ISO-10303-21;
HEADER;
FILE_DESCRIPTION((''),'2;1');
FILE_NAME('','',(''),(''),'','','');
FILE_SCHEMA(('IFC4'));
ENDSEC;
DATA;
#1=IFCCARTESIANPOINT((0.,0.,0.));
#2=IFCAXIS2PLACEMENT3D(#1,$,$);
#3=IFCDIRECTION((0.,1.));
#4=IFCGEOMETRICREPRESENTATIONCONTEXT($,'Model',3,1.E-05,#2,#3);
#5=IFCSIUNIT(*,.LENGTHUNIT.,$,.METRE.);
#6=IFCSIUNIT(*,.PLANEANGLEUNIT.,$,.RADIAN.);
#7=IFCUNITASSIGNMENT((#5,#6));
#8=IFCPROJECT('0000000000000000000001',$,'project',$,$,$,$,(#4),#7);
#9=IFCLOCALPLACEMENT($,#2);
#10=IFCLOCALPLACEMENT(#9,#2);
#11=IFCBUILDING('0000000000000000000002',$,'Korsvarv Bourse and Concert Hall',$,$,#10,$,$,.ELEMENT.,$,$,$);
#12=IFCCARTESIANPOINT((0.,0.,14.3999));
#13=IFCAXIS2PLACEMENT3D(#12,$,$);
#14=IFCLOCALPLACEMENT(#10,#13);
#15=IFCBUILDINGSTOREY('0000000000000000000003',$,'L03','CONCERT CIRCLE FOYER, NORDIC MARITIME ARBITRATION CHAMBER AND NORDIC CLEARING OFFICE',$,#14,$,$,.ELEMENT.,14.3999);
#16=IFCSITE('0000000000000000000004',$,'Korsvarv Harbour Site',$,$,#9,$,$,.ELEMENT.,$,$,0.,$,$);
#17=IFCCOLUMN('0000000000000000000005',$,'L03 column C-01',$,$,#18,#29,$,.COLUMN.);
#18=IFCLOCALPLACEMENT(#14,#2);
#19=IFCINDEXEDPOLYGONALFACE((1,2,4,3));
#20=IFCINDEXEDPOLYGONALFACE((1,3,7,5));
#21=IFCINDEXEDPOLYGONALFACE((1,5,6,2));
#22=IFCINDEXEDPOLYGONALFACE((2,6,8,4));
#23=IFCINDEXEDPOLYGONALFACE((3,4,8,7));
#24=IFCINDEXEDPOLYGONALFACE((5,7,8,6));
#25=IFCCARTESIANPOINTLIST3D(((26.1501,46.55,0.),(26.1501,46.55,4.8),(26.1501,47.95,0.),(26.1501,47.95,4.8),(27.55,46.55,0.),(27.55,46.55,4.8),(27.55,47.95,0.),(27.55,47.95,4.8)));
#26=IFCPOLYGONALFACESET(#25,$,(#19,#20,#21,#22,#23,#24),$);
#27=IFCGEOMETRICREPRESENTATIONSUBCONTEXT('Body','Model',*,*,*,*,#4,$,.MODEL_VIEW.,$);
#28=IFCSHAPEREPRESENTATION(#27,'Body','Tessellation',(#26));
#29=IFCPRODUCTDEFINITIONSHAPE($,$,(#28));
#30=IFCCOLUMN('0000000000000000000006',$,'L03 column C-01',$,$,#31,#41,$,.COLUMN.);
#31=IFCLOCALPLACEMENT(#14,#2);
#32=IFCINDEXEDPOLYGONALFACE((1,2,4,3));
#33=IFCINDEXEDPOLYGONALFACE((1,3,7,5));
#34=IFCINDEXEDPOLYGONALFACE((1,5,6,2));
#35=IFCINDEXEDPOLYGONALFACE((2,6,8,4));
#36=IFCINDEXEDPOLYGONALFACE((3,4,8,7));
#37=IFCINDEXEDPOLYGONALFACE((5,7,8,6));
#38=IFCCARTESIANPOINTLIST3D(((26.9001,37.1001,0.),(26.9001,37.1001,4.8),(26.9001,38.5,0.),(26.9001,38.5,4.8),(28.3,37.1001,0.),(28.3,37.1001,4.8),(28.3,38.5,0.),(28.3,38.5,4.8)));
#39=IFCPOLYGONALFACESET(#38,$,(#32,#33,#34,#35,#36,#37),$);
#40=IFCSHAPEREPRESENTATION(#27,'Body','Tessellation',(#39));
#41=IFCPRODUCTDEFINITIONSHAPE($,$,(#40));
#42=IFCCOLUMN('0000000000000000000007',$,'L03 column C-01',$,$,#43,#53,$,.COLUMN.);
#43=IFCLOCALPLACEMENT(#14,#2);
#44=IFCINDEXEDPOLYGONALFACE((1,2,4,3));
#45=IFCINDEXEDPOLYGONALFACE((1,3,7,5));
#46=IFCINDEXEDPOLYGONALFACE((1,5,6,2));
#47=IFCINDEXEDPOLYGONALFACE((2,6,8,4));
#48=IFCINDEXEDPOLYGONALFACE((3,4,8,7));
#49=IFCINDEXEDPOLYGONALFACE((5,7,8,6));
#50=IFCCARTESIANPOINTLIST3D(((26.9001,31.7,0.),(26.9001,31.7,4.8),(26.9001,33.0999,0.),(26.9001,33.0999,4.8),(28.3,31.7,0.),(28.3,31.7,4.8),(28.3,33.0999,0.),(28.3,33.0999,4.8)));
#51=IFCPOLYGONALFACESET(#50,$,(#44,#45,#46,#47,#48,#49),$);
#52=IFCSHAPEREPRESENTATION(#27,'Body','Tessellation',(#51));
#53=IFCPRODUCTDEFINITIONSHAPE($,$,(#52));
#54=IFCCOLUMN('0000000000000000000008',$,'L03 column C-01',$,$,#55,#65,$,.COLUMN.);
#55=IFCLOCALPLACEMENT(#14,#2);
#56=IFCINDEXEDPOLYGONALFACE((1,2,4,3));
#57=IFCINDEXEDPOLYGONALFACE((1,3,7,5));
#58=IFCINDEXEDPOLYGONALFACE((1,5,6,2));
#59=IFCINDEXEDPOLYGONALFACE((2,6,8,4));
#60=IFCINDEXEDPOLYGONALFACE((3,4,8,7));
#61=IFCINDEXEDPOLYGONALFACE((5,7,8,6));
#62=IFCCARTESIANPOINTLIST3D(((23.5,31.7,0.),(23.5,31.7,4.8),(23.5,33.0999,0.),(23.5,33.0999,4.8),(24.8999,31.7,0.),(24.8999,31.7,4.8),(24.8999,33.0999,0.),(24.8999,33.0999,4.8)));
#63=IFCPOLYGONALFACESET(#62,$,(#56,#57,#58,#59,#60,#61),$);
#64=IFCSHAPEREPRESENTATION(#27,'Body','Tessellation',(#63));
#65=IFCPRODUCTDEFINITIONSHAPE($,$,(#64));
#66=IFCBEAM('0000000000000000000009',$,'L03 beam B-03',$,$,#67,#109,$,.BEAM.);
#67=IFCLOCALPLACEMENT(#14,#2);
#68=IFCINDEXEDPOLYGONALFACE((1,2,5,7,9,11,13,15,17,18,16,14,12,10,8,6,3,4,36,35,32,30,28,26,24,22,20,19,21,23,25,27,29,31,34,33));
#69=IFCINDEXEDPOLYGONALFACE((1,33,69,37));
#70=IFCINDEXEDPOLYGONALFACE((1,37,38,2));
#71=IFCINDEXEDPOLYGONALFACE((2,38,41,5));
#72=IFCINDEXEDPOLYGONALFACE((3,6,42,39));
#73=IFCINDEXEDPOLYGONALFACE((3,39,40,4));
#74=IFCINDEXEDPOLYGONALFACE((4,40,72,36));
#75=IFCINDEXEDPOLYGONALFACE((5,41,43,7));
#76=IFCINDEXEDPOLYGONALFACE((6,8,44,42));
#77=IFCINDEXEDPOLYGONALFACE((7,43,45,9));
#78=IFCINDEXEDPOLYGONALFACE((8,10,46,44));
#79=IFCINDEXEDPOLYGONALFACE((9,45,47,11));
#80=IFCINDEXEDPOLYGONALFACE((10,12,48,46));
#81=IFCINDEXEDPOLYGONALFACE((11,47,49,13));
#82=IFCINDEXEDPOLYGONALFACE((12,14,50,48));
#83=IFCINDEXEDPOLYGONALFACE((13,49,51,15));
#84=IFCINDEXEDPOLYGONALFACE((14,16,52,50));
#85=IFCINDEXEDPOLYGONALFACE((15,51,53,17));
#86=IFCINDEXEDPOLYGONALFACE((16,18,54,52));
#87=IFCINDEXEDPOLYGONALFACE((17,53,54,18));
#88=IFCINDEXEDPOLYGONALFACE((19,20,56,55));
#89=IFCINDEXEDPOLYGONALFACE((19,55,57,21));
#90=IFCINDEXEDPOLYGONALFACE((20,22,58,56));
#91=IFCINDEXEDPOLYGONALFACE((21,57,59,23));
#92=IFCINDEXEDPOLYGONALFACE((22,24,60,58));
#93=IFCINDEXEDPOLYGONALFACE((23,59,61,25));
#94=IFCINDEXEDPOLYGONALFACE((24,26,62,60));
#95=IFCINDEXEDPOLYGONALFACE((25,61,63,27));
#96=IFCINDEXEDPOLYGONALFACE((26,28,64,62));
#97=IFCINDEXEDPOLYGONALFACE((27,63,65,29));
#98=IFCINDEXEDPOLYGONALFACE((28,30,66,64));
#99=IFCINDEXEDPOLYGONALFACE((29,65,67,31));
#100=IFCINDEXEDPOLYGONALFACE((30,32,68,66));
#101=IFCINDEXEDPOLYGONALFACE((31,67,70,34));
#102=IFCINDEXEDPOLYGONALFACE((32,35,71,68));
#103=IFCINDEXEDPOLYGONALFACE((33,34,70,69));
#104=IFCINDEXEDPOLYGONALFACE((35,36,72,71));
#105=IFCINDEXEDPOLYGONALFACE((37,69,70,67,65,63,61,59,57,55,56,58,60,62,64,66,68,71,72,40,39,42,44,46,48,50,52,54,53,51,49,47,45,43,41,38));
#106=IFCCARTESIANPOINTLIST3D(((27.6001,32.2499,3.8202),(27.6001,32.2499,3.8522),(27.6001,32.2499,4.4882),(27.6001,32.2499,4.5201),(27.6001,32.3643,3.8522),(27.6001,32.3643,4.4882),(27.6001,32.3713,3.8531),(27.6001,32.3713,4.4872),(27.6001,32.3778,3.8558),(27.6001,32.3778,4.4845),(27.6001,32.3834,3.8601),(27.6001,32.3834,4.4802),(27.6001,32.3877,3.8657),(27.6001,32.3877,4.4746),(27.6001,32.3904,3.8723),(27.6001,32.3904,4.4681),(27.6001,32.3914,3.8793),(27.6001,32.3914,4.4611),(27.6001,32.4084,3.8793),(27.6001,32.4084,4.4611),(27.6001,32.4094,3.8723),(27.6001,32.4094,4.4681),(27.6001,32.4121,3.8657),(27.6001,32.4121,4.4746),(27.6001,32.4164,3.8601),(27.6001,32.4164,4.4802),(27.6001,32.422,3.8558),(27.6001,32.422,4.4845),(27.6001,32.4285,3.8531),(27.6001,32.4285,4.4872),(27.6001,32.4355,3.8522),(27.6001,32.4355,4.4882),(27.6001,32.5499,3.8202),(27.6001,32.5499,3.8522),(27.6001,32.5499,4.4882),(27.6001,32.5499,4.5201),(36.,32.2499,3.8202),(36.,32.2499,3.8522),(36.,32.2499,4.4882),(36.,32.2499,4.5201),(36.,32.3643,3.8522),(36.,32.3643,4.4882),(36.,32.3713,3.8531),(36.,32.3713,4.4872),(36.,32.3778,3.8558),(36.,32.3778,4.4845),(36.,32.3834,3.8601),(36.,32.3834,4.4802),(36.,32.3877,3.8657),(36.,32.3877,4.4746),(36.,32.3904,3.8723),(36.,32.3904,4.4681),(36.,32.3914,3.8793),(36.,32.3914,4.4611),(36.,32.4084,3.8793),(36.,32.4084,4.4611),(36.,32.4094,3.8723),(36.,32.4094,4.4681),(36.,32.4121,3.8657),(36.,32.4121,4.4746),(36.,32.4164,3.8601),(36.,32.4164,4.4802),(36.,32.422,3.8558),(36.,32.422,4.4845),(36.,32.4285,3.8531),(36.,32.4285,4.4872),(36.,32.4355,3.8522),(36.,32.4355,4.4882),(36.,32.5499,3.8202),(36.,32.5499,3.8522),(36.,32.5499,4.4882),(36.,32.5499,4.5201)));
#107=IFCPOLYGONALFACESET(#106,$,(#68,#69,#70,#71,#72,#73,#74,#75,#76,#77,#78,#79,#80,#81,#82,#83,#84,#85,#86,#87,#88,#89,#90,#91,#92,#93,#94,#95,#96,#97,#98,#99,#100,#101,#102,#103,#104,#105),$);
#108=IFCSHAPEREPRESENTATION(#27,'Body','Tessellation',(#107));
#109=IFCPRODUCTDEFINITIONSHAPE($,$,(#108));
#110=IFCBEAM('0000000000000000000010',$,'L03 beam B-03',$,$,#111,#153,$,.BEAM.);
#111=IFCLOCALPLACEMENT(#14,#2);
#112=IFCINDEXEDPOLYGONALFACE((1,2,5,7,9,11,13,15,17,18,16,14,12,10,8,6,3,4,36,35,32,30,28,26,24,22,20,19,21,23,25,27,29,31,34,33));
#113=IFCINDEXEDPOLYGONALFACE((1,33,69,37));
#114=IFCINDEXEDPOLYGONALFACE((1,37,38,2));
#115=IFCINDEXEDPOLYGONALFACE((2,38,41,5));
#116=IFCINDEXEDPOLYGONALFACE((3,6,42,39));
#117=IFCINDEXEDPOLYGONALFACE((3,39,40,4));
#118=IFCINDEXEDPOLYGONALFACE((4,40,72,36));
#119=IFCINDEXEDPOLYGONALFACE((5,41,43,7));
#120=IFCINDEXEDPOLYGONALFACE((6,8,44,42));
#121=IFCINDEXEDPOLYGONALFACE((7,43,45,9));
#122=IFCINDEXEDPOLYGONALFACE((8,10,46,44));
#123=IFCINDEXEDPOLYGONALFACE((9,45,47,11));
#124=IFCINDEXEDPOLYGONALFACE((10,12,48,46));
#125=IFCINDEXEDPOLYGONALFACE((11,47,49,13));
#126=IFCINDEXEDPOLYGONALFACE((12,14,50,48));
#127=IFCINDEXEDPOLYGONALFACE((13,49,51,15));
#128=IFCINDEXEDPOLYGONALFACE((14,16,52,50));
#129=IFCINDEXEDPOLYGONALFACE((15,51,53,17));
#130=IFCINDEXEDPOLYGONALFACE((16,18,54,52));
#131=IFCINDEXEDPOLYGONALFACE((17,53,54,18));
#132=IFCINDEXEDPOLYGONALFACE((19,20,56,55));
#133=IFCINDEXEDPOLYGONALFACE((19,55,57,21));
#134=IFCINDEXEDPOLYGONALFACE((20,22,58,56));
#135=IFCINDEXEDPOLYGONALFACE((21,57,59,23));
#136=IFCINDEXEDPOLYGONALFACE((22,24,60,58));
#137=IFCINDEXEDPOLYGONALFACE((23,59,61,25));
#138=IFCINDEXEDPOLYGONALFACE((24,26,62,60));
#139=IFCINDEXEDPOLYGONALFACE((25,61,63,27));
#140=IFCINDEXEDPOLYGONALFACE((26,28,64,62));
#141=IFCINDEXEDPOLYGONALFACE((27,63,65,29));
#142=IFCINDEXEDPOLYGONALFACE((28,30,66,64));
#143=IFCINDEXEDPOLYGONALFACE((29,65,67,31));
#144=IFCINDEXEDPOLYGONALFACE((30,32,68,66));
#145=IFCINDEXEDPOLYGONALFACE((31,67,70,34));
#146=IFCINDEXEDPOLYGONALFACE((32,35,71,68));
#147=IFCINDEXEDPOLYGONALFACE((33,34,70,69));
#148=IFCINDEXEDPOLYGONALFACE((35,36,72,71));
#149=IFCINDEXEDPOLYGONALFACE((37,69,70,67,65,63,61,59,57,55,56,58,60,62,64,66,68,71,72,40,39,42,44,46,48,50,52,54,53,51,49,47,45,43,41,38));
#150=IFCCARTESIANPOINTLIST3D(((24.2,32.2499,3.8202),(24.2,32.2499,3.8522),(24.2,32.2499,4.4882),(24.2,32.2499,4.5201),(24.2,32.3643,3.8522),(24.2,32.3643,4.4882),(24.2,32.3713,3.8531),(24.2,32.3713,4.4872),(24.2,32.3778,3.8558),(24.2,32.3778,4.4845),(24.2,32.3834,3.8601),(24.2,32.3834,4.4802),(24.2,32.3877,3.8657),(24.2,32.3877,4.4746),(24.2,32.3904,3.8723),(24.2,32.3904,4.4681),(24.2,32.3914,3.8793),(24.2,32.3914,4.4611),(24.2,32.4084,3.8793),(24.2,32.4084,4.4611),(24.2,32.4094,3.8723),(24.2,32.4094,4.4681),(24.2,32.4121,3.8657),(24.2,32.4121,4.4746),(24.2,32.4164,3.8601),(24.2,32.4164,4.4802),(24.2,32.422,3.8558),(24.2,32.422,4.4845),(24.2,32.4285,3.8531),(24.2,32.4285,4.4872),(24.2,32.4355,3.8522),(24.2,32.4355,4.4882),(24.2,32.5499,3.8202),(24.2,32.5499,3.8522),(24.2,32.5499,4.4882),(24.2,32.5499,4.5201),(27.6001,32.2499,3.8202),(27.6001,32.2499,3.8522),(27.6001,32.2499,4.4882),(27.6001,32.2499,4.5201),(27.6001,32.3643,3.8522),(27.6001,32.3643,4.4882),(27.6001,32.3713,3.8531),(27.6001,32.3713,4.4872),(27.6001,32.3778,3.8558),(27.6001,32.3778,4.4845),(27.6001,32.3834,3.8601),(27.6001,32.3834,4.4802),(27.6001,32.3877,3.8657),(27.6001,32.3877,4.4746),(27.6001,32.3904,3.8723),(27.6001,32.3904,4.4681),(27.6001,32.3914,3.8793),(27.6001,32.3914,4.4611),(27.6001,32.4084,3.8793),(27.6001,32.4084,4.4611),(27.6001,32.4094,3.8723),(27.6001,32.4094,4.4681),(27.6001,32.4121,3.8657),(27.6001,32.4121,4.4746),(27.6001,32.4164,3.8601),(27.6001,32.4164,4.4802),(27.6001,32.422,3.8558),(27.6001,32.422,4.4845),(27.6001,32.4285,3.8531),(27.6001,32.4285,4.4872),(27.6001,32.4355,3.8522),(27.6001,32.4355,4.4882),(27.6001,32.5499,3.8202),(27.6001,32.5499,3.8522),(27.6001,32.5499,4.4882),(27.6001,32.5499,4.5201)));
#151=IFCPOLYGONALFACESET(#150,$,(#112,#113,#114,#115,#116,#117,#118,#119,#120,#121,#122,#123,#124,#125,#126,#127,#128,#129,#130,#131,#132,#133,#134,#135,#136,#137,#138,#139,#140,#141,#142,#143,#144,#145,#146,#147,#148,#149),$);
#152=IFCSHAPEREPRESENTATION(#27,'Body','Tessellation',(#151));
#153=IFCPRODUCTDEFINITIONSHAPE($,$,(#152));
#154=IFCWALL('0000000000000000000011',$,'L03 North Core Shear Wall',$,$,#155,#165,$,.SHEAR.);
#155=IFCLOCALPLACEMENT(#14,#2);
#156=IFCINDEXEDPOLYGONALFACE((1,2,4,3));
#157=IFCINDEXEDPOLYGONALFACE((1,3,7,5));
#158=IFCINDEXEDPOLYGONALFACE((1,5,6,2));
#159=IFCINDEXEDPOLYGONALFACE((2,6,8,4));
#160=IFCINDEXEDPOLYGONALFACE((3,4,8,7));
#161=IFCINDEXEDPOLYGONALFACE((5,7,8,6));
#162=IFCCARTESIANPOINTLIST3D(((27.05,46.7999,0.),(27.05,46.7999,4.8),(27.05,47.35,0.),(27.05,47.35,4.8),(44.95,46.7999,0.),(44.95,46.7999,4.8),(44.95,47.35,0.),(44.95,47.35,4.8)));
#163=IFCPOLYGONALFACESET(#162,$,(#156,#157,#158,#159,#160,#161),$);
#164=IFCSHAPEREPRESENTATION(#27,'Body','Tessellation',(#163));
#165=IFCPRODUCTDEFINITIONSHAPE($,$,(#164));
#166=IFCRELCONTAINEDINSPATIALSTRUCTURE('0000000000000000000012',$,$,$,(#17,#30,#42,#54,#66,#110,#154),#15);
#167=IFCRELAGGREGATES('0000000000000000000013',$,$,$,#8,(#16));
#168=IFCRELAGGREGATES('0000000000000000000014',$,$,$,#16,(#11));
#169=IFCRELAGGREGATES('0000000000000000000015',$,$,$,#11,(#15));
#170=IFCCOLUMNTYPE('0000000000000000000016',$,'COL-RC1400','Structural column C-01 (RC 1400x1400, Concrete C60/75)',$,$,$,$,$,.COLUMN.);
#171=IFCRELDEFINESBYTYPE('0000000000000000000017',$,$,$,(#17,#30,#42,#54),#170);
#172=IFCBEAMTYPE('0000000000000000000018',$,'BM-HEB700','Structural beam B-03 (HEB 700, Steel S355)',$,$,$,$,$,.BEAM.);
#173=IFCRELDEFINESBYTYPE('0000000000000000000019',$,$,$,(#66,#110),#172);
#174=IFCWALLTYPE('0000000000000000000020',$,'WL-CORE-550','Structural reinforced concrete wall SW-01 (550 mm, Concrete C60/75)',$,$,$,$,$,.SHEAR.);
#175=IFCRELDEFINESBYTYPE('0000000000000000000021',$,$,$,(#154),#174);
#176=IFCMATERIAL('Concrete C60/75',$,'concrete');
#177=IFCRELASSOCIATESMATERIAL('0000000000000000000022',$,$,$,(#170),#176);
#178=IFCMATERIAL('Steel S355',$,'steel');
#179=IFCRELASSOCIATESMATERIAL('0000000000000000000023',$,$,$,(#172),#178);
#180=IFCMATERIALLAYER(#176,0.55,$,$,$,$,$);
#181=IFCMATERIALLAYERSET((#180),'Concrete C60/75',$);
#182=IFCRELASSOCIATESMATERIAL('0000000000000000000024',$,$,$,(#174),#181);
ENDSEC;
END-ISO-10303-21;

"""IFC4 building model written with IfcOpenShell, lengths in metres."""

from ifc_helpers import new_model, si_unit, direction, frame, frame_2d, origin, origin_2d, place, context, subcontext, project, spatial, rectangle, i_section, extrude, source, transform, mapped, material, layer, layer_set, material_profile, profile_set, type_object, element, save


model = new_model("IFC4")

# Units and contexts
model_context = context("Model", 3, precision=1e-05, world=origin(), true_north=direction((0.0, 1.0)))
body_context = subcontext(model_context, "Body", "Model", "MODEL_VIEW")
ifc_project = project(units=[si_unit("LENGTHUNIT", "METRE"), si_unit("PLANEANGLEUNIT", "RADIAN")], contexts=[model_context])

# Site, building, storey
site_placement = place(None, origin())
site = spatial("IfcSite", under=ifc_project, at=site_placement, Name="Korsvarv Harbour Site", CompositionType="ELEMENT", RefElevation=0.0)
building_placement = place(site_placement, origin())
building = spatial("IfcBuilding", under=site, at=building_placement, Name="Korsvarv Bourse and Concert Hall", CompositionType="ELEMENT")
storey_placement = place(building_placement, frame((0.0, 0.0, 14.3999)))
storey = spatial("IfcBuildingStorey", under=building, at=storey_placement, Name="L03", Description="CONCERT CIRCLE FOYER, NORDIC MARITIME ARBITRATION CHAMBER AND NORDIC CLEARING OFFICE", CompositionType="ELEMENT", Elevation=14.3999)

# Columns
ifc_material_1 = material(Name="Concrete C60/75", Category="concrete")
ifc_material_profile_1 = material_profile(ifc_material_1, rectangle(XDim=1.3999, YDim=1.3999, at=origin_2d()), Name="RC 1400x1400")
ifc_profile_set_1 = profile_set([ifc_material_profile_1], Name="Concrete C60/75")
column_type = type_object("IfcColumnType", Name="COL-RC1400", Description="Structural column C-01 (RC 1400x1400, Concrete C60/75)", PredefinedType="COLUMN", material=ifc_profile_set_1)
shared_shape_1 = source(origin(), body_context, "Body", "SweptSolid", [
    extrude(rectangle(XDim=1.3999, YDim=1.3999, at=origin_2d()), origin(), (0.0, 0.0, 1.0), 4.8),
])
for number, where, z_axis, x_axis, name in (
    (1, (26.8501, 47.25, 0.0), (0.0, 0.0, 1.0), (1.0, 0.0, 0.0), "L03 column C-01"),
    (2, (27.6001, 37.8, 0.0), (0.0, 0.0, 1.0), (1.0, 0.0, 0.0), "L03 column C-01"),
    (3, (27.6001, 32.3999, 0.0), (0.0, 0.0, 1.0), (1.0, 0.0, 0.0), "L03 column C-01"),
    (4, (24.2, 32.3999, 0.0), (0.0, 0.0, 1.0), (1.0, 0.0, 0.0), "L03 column C-01"),
):
    element("IfcColumn", number, at=place(storey_placement, frame(where, z_axis=z_axis, x_axis=x_axis)), inside=storey, type_object=column_type, Name=name, PredefinedType="COLUMN", context=body_context, shape_type="MappedRepresentation", body=[
        mapped(shared_shape_1, transform((0.0, 0.0, 0.0), scale=1.0)),
    ])

# Beams
ifc_material_2 = material(Name="Steel S355", Category="steel")
ifc_material_profile_2 = material_profile(ifc_material_2, i_section(OverallWidth=0.3, OverallDepth=0.7, WebThickness=0.0171, FlangeThickness=0.032, FilletRadius=0.0271, at=origin_2d()), Name="HEB 700")
ifc_profile_set_2 = profile_set([ifc_material_profile_2], Name="Steel S355")
beam_type = type_object("IfcBeamType", Name="BM-HEB700", Description="Structural beam B-03 (HEB 700, Steel S355)", PredefinedType="BEAM", material=ifc_profile_set_2)
shared_shape_2 = source(origin(), body_context, "Body", "SweptSolid", [
    extrude(i_section(OverallWidth=0.3, OverallDepth=0.7, WebThickness=0.0171, FlangeThickness=0.032, FilletRadius=0.0271, at=origin_2d()), origin(), (0.0, 0.0, 1.0), 8.3999),
])
beam_1_placement = place(storey_placement, frame((27.6001, 32.3999, 4.1702), z_axis=(1.0, 0.0, 0.0), x_axis=(0.0, 1.0, 0.0)))
element("IfcBeam", 5, at=beam_1_placement, inside=storey, type_object=beam_type, Name="L03 beam B-03", PredefinedType="BEAM", context=body_context, shape_type="MappedRepresentation", body=[
    mapped(shared_shape_2, transform((0.0, 0.0, 0.0), scale=1.0)),
])
shared_shape_3 = source(origin(), body_context, "Body", "SweptSolid", [
    extrude(i_section(OverallWidth=0.3, OverallDepth=0.7, WebThickness=0.0171, FlangeThickness=0.032, FilletRadius=0.0271, at=origin_2d()), origin(), (0.0, 0.0, 1.0), 3.4001),
])
beam_2_placement = place(storey_placement, frame((24.2, 32.3999, 4.1702), z_axis=(1.0, 0.0, 0.0), x_axis=(0.0, 1.0, 0.0)))
element("IfcBeam", 6, at=beam_2_placement, inside=storey, type_object=beam_type, Name="L03 beam B-03", PredefinedType="BEAM", context=body_context, shape_type="MappedRepresentation", body=[
    mapped(shared_shape_3, transform((0.0, 0.0, 0.0), scale=1.0)),
])

# Wall
ifc_layer_1 = layer(ifc_material_1, 0.55)
ifc_layer_set_1 = layer_set([ifc_layer_1], Name="Concrete C60/75")
wall_type_1 = type_object("IfcWallType", Name="WL-CORE-550", Description="Structural reinforced concrete wall SW-01 (550 mm, Concrete C60/75)", PredefinedType="SHEAR", material=ifc_layer_set_1)
wall_1_placement = place(storey_placement, frame((27.05, 47.075, 0.0), z_axis=(0.0, 0.0, 1.0), x_axis=(1.0, 0.0, 0.0)))
element("IfcWall", 7, at=wall_1_placement, inside=storey, type_object=wall_type_1, Name="L03 North Core Shear Wall", PredefinedType="SHEAR", context=body_context, shape_type="SweptSolid", body=[
    extrude(rectangle(XDim=17.8999, YDim=0.55, at=frame_2d((8.95, 0.0))), origin(), (0.0, 0.0, 1.0), 4.8),
])

save(model, "model.ifc")
